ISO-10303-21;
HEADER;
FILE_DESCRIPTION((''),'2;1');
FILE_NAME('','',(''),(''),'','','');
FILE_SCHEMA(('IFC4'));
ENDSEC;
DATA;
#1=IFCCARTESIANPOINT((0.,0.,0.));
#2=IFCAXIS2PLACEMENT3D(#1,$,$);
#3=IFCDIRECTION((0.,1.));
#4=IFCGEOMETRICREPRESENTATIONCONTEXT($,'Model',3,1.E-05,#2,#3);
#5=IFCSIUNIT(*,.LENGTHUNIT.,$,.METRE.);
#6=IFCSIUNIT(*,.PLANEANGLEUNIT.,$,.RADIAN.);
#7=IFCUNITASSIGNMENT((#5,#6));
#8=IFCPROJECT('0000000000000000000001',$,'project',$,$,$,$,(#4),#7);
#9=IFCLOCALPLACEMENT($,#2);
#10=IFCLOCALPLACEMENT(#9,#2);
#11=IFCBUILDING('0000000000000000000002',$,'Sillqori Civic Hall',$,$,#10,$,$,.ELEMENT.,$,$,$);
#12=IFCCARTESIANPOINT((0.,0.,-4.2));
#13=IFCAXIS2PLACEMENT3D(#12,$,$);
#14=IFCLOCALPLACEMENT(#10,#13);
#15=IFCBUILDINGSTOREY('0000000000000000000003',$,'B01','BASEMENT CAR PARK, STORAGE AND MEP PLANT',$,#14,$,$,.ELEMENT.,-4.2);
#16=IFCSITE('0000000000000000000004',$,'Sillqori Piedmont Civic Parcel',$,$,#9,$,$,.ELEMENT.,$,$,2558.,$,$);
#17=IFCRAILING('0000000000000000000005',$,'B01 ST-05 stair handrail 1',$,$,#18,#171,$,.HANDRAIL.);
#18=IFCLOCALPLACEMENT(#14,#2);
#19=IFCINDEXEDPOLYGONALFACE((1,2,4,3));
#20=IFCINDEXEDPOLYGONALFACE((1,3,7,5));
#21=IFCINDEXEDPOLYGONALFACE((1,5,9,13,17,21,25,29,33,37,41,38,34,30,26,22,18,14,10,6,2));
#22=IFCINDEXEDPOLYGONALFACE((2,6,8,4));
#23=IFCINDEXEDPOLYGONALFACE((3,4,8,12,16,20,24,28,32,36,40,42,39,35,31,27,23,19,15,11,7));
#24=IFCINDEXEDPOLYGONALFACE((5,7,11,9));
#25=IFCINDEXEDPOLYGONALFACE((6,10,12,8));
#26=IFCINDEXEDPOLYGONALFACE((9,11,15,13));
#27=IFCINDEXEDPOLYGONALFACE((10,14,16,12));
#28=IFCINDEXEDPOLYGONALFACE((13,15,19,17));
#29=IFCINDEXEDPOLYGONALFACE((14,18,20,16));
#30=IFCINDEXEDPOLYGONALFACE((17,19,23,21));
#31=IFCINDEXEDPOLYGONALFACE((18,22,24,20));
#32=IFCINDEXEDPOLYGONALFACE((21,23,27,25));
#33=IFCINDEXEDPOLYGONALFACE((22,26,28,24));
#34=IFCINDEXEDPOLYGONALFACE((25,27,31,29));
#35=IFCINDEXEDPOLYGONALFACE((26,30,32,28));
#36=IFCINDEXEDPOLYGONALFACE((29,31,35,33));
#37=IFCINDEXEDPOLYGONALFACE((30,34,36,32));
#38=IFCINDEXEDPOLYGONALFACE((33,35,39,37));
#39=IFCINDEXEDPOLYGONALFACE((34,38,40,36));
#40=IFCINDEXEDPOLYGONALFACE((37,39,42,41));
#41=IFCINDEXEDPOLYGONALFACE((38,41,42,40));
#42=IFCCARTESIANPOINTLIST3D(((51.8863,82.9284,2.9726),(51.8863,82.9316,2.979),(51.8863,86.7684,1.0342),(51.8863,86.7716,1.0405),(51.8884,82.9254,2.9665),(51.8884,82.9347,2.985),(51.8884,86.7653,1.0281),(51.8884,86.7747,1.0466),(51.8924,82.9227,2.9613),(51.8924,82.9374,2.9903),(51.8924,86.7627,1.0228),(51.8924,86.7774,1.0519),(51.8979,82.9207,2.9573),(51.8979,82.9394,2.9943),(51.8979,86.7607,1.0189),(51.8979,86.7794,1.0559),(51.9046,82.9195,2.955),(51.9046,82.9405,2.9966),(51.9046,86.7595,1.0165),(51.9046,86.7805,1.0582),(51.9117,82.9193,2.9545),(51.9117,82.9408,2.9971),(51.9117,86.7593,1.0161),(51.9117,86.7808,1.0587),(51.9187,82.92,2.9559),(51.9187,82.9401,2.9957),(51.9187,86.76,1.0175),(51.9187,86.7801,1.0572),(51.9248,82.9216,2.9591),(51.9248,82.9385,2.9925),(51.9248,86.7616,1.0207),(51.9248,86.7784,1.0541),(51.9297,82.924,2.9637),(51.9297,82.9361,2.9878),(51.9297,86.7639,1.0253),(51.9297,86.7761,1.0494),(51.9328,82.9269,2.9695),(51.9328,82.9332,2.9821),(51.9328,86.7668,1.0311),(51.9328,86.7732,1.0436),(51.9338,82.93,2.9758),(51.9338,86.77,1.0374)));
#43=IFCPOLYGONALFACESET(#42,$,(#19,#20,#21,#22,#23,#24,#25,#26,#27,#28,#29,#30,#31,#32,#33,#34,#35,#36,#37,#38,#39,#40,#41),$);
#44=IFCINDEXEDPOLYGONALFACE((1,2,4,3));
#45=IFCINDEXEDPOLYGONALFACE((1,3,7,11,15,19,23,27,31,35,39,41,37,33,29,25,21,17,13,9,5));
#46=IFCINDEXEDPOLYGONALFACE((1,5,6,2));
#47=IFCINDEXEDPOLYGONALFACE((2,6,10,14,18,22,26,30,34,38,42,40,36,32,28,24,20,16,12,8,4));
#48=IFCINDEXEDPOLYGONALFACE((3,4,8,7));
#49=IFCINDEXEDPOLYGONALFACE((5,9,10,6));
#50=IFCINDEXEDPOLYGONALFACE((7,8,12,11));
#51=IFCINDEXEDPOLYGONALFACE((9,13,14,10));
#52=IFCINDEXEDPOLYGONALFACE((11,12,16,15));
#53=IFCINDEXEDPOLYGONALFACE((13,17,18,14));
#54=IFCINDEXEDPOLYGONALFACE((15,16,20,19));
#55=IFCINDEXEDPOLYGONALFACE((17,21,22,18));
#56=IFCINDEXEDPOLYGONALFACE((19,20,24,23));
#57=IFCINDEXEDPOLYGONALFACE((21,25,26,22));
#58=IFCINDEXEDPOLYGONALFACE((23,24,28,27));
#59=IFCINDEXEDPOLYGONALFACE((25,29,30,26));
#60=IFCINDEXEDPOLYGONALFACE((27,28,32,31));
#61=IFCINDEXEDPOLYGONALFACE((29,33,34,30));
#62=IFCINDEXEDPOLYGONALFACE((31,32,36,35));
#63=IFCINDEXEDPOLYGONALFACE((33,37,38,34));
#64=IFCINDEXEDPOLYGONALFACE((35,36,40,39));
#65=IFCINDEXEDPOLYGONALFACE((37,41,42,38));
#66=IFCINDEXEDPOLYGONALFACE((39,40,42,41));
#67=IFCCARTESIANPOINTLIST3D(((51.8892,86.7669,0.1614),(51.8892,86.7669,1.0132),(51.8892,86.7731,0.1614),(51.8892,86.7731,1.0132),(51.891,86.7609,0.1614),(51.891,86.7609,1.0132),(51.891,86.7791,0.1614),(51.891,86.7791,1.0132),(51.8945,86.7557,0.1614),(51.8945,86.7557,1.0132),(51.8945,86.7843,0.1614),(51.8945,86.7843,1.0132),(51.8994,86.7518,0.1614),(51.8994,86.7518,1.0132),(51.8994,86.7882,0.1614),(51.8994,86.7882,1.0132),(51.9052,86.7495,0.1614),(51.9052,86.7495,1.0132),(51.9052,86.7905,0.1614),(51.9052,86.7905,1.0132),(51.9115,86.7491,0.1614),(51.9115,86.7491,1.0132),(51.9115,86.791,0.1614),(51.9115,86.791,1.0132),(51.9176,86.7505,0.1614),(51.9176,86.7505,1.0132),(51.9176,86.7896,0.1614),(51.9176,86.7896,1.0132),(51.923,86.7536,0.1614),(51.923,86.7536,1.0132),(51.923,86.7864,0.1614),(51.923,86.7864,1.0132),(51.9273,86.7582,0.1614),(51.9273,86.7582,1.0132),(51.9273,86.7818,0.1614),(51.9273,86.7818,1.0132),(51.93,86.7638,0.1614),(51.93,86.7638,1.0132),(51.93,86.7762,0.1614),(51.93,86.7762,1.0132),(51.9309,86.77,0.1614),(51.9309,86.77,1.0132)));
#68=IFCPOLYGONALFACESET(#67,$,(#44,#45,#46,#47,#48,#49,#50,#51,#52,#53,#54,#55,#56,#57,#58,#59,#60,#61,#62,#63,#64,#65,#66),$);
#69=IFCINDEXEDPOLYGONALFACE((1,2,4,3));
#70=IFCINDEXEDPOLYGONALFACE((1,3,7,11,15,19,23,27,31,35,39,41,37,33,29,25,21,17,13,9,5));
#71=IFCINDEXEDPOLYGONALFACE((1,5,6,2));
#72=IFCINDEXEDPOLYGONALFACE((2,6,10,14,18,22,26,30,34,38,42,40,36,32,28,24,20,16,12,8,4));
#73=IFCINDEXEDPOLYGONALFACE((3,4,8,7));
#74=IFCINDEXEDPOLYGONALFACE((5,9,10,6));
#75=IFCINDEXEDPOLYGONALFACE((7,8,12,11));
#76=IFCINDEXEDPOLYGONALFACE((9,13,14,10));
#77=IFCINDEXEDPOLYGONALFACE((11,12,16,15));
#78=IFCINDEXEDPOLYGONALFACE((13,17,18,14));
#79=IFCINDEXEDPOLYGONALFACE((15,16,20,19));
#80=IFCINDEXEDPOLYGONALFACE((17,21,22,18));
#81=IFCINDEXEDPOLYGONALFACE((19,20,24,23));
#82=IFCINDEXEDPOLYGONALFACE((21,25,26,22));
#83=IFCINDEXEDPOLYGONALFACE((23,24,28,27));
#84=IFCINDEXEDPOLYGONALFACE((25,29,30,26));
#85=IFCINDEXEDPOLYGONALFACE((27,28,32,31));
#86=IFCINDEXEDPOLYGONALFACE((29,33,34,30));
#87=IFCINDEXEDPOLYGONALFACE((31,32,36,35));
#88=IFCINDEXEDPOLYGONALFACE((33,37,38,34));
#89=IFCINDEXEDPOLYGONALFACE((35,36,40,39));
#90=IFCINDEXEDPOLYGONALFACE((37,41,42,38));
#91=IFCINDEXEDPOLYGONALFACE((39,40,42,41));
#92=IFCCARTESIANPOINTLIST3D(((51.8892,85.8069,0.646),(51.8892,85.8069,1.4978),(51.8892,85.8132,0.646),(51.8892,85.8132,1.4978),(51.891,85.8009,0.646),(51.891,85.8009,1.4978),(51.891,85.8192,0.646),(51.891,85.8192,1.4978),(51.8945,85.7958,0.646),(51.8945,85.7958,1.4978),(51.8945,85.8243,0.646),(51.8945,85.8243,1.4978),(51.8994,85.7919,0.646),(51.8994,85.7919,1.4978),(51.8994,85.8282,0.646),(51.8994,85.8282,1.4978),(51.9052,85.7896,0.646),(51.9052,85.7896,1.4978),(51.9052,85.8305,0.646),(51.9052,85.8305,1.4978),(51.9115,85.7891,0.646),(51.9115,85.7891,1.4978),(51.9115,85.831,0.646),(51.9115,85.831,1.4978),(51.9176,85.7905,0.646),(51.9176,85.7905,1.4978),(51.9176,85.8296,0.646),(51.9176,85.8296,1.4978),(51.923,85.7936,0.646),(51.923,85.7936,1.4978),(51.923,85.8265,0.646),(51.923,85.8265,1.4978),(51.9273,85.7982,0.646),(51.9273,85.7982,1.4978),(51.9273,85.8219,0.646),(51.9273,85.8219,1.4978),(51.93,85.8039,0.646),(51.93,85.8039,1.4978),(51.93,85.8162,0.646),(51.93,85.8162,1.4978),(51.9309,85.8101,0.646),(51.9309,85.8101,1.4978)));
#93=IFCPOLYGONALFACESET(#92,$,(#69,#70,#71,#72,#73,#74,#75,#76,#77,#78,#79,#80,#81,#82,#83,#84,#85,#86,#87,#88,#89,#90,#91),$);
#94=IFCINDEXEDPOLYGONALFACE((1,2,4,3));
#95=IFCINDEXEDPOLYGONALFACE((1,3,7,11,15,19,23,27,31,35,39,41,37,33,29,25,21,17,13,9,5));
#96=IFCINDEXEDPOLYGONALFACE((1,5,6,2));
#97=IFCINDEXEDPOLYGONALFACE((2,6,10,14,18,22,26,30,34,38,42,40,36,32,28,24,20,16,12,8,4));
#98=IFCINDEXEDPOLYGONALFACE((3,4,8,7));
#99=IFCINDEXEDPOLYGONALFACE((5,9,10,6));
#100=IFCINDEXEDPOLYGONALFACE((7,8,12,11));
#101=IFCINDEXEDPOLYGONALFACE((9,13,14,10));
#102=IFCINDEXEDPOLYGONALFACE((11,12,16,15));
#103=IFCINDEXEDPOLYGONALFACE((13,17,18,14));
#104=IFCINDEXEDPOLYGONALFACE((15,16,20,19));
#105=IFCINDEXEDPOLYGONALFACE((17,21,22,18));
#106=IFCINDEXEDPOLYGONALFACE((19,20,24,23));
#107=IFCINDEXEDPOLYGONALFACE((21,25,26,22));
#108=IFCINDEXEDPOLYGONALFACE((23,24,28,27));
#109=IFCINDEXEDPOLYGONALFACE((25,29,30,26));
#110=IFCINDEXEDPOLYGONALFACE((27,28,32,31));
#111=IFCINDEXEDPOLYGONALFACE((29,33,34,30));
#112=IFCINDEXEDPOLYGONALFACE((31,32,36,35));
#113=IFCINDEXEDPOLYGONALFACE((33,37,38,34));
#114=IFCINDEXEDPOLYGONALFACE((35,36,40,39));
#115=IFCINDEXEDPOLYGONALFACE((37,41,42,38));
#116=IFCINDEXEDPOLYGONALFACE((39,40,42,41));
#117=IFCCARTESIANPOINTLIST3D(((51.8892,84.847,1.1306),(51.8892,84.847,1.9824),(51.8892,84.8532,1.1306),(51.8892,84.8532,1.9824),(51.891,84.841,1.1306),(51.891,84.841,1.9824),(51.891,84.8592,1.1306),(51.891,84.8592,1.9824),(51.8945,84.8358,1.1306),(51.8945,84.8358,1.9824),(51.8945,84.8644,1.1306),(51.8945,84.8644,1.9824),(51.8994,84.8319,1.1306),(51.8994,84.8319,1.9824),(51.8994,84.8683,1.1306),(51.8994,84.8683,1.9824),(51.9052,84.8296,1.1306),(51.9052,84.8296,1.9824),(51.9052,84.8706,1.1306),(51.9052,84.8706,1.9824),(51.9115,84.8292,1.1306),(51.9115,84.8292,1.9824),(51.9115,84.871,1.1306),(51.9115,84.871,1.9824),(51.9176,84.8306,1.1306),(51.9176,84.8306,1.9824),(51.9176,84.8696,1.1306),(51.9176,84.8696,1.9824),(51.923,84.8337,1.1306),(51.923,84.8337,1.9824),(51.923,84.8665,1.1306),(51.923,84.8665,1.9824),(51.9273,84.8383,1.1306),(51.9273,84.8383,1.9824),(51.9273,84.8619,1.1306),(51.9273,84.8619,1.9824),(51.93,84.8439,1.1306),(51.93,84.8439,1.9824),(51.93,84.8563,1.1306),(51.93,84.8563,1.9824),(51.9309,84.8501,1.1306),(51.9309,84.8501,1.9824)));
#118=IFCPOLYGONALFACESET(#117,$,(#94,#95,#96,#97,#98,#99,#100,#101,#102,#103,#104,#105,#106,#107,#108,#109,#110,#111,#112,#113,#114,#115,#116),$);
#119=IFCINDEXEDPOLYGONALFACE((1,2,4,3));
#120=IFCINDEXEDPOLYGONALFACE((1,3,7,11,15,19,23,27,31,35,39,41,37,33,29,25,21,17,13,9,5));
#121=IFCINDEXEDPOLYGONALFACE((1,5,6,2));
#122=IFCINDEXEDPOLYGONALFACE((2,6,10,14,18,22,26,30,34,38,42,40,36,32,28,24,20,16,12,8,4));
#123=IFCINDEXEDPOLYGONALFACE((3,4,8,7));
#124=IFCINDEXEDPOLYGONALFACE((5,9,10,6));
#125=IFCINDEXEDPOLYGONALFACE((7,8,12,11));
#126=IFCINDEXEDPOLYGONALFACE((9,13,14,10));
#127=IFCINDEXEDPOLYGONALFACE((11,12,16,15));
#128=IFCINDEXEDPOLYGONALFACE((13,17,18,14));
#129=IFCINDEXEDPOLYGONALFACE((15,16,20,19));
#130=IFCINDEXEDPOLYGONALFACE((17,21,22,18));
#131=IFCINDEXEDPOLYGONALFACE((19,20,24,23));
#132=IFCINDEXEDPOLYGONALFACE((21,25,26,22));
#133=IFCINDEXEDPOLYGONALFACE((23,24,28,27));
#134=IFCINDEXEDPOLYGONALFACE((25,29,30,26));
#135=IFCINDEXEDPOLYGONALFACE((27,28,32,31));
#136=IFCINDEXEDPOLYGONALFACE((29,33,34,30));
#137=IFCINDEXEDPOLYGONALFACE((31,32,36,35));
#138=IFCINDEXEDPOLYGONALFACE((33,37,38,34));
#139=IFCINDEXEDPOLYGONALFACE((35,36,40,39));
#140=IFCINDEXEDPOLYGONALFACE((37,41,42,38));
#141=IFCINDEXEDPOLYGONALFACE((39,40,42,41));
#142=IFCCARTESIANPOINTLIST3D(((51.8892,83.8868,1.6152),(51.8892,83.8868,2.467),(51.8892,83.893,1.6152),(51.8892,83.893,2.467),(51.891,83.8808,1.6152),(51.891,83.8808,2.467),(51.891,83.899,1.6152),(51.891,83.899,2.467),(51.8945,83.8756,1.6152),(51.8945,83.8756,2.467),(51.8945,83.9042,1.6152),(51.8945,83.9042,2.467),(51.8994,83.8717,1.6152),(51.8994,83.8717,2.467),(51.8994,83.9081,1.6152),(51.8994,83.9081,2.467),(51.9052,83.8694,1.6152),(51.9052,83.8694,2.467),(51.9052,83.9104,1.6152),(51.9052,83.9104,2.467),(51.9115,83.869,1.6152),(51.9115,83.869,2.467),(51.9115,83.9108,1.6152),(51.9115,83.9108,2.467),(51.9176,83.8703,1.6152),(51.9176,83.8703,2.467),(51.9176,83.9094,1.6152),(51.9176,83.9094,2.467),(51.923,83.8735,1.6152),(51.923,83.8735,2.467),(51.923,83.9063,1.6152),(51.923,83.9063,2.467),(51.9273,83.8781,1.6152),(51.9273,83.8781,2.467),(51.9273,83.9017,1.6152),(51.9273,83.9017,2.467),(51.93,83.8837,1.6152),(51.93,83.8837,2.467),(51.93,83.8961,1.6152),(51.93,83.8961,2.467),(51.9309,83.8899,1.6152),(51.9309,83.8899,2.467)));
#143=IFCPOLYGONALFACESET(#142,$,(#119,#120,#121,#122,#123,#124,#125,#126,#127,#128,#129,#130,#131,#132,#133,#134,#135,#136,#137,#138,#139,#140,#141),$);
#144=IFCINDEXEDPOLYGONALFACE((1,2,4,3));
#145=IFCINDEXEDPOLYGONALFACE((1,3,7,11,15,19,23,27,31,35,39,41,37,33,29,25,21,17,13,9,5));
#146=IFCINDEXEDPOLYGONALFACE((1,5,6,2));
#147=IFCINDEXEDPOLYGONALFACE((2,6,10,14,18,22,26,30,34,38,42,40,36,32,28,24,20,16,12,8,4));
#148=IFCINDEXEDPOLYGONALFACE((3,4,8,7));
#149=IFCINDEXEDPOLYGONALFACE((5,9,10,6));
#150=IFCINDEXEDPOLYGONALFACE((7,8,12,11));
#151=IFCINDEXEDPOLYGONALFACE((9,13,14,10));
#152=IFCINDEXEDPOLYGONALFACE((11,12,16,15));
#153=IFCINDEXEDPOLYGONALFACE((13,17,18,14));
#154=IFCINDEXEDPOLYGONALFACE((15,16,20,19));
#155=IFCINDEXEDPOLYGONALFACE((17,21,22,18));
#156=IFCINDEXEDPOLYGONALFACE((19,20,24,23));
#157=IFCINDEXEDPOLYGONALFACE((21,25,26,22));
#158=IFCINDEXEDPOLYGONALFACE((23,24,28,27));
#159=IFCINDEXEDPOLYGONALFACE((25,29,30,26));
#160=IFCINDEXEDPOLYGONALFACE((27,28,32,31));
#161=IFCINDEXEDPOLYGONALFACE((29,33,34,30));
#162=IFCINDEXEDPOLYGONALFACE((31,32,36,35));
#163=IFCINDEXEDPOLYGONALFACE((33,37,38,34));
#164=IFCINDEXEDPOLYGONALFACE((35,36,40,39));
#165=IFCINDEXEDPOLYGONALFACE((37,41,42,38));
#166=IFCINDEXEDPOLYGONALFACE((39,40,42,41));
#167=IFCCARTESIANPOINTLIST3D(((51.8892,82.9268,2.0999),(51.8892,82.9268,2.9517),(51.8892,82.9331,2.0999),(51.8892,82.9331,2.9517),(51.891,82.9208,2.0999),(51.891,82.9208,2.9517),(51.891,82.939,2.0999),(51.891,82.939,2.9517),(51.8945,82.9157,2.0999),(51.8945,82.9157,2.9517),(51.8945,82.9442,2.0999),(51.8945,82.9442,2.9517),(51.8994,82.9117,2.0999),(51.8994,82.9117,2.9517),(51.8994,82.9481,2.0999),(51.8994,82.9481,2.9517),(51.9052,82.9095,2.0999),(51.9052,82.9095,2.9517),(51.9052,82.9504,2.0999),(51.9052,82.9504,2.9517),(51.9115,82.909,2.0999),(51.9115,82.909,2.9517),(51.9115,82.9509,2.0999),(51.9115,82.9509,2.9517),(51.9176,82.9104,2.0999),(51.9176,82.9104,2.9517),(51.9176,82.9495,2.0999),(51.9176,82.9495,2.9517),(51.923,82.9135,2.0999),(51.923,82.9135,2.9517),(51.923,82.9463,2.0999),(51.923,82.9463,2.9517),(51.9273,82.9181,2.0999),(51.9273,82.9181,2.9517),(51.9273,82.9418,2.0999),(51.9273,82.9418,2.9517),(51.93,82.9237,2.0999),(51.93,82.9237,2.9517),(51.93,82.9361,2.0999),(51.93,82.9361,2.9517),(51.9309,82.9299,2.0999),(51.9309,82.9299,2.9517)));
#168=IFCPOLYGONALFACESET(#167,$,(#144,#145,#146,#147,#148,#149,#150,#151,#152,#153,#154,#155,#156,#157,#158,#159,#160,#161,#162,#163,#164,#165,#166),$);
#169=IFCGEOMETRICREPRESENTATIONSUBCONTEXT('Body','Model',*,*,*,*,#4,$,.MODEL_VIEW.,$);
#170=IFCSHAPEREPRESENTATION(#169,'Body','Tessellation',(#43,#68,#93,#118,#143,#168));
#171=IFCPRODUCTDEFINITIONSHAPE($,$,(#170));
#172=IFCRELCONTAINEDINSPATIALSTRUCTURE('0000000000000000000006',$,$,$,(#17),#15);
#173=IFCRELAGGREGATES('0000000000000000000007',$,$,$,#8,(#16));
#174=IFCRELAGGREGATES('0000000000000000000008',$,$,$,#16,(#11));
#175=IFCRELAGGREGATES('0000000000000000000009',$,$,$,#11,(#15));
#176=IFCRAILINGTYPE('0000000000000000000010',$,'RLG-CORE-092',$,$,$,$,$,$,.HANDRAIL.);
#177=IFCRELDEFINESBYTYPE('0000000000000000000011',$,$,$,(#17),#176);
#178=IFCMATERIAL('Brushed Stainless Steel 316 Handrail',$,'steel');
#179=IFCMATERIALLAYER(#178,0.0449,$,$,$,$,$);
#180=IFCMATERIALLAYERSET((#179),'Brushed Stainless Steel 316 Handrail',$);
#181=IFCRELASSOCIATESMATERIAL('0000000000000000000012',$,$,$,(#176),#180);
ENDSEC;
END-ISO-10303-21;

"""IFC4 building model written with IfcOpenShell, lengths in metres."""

from ifc_helpers import new_model, si_unit, direction, frame, origin, origin_2d, place, context, subcontext, project, spatial, circle, extrude, material, layer, layer_set, type_object, element, save


model = new_model("IFC4")

# Units and contexts
model_context = context("Model", 3, precision=1e-05, world=origin(), true_north=direction((0.0, 1.0)))
body_context = subcontext(model_context, "Body", "Model", "MODEL_VIEW")
ifc_project = project(units=[si_unit("LENGTHUNIT", "METRE"), si_unit("PLANEANGLEUNIT", "RADIAN")], contexts=[model_context])

# Site, building, storey
site_placement = place(None, origin())
site = spatial("IfcSite", under=ifc_project, at=site_placement, Name="Sillqori Piedmont Civic Parcel", CompositionType="ELEMENT", RefElevation=2558.0)
building_placement = place(site_placement, origin())
building = spatial("IfcBuilding", under=site, at=building_placement, Name="Sillqori Civic Hall", CompositionType="ELEMENT")
storey_placement = place(building_placement, frame((0.0, 0.0, -4.2)))
storey = spatial("IfcBuildingStorey", under=building, at=storey_placement, Name="B01", Description="BASEMENT CAR PARK, STORAGE AND MEP PLANT", CompositionType="ELEMENT", Elevation=-4.2)

# Railing
ifc_material_1 = material(Name="Brushed Stainless Steel 316 Handrail", Category="steel")
ifc_layer_1 = layer(ifc_material_1, 0.0449)
ifc_layer_set_1 = layer_set([ifc_layer_1], Name="Brushed Stainless Steel 316 Handrail")
railing_type_1 = type_object("IfcRailingType", Name="RLG-CORE-092", PredefinedType="HANDRAIL", material=ifc_layer_set_1)
railing_1_placement = place(storey_placement, frame((51.9099, 86.77, 0.1614)))
element("IfcRailing", 1, at=railing_1_placement, inside=storey, type_object=railing_type_1, Name="B01 ST-05 stair handrail 1", PredefinedType="HANDRAIL", context=body_context, shape_type="SweptSolid", body=[
    extrude(circle(Radius=0.0239, at=origin_2d()), frame((0.0, 0.0, 0.876), z_axis=(0.0, -0.892707, 0.450638), x_axis=(1.0, 0.0, 0.0)), (0.0, 0.0, 1.0), 4.3015),
    extrude(circle(Radius=0.021, at=origin_2d()), origin(), (0.0, 0.0, 1.0), 0.8518),
    extrude(circle(Radius=0.021, at=origin_2d()), frame((0.0, -0.96, 0.4846)), (0.0, 0.0, 1.0), 0.8518),
    extrude(circle(Radius=0.021, at=origin_2d()), frame((0.0, -1.9199, 0.9692)), (0.0, 0.0, 1.0), 0.8518),
    extrude(circle(Radius=0.021, at=origin_2d()), frame((0.0, -2.8801, 1.4539)), (0.0, 0.0, 1.0), 0.8518),
    extrude(circle(Radius=0.021, at=origin_2d()), frame((0.0, -3.8401, 1.9385)), (0.0, 0.0, 1.0), 0.8518),
])

save(model, "model.ifc")
